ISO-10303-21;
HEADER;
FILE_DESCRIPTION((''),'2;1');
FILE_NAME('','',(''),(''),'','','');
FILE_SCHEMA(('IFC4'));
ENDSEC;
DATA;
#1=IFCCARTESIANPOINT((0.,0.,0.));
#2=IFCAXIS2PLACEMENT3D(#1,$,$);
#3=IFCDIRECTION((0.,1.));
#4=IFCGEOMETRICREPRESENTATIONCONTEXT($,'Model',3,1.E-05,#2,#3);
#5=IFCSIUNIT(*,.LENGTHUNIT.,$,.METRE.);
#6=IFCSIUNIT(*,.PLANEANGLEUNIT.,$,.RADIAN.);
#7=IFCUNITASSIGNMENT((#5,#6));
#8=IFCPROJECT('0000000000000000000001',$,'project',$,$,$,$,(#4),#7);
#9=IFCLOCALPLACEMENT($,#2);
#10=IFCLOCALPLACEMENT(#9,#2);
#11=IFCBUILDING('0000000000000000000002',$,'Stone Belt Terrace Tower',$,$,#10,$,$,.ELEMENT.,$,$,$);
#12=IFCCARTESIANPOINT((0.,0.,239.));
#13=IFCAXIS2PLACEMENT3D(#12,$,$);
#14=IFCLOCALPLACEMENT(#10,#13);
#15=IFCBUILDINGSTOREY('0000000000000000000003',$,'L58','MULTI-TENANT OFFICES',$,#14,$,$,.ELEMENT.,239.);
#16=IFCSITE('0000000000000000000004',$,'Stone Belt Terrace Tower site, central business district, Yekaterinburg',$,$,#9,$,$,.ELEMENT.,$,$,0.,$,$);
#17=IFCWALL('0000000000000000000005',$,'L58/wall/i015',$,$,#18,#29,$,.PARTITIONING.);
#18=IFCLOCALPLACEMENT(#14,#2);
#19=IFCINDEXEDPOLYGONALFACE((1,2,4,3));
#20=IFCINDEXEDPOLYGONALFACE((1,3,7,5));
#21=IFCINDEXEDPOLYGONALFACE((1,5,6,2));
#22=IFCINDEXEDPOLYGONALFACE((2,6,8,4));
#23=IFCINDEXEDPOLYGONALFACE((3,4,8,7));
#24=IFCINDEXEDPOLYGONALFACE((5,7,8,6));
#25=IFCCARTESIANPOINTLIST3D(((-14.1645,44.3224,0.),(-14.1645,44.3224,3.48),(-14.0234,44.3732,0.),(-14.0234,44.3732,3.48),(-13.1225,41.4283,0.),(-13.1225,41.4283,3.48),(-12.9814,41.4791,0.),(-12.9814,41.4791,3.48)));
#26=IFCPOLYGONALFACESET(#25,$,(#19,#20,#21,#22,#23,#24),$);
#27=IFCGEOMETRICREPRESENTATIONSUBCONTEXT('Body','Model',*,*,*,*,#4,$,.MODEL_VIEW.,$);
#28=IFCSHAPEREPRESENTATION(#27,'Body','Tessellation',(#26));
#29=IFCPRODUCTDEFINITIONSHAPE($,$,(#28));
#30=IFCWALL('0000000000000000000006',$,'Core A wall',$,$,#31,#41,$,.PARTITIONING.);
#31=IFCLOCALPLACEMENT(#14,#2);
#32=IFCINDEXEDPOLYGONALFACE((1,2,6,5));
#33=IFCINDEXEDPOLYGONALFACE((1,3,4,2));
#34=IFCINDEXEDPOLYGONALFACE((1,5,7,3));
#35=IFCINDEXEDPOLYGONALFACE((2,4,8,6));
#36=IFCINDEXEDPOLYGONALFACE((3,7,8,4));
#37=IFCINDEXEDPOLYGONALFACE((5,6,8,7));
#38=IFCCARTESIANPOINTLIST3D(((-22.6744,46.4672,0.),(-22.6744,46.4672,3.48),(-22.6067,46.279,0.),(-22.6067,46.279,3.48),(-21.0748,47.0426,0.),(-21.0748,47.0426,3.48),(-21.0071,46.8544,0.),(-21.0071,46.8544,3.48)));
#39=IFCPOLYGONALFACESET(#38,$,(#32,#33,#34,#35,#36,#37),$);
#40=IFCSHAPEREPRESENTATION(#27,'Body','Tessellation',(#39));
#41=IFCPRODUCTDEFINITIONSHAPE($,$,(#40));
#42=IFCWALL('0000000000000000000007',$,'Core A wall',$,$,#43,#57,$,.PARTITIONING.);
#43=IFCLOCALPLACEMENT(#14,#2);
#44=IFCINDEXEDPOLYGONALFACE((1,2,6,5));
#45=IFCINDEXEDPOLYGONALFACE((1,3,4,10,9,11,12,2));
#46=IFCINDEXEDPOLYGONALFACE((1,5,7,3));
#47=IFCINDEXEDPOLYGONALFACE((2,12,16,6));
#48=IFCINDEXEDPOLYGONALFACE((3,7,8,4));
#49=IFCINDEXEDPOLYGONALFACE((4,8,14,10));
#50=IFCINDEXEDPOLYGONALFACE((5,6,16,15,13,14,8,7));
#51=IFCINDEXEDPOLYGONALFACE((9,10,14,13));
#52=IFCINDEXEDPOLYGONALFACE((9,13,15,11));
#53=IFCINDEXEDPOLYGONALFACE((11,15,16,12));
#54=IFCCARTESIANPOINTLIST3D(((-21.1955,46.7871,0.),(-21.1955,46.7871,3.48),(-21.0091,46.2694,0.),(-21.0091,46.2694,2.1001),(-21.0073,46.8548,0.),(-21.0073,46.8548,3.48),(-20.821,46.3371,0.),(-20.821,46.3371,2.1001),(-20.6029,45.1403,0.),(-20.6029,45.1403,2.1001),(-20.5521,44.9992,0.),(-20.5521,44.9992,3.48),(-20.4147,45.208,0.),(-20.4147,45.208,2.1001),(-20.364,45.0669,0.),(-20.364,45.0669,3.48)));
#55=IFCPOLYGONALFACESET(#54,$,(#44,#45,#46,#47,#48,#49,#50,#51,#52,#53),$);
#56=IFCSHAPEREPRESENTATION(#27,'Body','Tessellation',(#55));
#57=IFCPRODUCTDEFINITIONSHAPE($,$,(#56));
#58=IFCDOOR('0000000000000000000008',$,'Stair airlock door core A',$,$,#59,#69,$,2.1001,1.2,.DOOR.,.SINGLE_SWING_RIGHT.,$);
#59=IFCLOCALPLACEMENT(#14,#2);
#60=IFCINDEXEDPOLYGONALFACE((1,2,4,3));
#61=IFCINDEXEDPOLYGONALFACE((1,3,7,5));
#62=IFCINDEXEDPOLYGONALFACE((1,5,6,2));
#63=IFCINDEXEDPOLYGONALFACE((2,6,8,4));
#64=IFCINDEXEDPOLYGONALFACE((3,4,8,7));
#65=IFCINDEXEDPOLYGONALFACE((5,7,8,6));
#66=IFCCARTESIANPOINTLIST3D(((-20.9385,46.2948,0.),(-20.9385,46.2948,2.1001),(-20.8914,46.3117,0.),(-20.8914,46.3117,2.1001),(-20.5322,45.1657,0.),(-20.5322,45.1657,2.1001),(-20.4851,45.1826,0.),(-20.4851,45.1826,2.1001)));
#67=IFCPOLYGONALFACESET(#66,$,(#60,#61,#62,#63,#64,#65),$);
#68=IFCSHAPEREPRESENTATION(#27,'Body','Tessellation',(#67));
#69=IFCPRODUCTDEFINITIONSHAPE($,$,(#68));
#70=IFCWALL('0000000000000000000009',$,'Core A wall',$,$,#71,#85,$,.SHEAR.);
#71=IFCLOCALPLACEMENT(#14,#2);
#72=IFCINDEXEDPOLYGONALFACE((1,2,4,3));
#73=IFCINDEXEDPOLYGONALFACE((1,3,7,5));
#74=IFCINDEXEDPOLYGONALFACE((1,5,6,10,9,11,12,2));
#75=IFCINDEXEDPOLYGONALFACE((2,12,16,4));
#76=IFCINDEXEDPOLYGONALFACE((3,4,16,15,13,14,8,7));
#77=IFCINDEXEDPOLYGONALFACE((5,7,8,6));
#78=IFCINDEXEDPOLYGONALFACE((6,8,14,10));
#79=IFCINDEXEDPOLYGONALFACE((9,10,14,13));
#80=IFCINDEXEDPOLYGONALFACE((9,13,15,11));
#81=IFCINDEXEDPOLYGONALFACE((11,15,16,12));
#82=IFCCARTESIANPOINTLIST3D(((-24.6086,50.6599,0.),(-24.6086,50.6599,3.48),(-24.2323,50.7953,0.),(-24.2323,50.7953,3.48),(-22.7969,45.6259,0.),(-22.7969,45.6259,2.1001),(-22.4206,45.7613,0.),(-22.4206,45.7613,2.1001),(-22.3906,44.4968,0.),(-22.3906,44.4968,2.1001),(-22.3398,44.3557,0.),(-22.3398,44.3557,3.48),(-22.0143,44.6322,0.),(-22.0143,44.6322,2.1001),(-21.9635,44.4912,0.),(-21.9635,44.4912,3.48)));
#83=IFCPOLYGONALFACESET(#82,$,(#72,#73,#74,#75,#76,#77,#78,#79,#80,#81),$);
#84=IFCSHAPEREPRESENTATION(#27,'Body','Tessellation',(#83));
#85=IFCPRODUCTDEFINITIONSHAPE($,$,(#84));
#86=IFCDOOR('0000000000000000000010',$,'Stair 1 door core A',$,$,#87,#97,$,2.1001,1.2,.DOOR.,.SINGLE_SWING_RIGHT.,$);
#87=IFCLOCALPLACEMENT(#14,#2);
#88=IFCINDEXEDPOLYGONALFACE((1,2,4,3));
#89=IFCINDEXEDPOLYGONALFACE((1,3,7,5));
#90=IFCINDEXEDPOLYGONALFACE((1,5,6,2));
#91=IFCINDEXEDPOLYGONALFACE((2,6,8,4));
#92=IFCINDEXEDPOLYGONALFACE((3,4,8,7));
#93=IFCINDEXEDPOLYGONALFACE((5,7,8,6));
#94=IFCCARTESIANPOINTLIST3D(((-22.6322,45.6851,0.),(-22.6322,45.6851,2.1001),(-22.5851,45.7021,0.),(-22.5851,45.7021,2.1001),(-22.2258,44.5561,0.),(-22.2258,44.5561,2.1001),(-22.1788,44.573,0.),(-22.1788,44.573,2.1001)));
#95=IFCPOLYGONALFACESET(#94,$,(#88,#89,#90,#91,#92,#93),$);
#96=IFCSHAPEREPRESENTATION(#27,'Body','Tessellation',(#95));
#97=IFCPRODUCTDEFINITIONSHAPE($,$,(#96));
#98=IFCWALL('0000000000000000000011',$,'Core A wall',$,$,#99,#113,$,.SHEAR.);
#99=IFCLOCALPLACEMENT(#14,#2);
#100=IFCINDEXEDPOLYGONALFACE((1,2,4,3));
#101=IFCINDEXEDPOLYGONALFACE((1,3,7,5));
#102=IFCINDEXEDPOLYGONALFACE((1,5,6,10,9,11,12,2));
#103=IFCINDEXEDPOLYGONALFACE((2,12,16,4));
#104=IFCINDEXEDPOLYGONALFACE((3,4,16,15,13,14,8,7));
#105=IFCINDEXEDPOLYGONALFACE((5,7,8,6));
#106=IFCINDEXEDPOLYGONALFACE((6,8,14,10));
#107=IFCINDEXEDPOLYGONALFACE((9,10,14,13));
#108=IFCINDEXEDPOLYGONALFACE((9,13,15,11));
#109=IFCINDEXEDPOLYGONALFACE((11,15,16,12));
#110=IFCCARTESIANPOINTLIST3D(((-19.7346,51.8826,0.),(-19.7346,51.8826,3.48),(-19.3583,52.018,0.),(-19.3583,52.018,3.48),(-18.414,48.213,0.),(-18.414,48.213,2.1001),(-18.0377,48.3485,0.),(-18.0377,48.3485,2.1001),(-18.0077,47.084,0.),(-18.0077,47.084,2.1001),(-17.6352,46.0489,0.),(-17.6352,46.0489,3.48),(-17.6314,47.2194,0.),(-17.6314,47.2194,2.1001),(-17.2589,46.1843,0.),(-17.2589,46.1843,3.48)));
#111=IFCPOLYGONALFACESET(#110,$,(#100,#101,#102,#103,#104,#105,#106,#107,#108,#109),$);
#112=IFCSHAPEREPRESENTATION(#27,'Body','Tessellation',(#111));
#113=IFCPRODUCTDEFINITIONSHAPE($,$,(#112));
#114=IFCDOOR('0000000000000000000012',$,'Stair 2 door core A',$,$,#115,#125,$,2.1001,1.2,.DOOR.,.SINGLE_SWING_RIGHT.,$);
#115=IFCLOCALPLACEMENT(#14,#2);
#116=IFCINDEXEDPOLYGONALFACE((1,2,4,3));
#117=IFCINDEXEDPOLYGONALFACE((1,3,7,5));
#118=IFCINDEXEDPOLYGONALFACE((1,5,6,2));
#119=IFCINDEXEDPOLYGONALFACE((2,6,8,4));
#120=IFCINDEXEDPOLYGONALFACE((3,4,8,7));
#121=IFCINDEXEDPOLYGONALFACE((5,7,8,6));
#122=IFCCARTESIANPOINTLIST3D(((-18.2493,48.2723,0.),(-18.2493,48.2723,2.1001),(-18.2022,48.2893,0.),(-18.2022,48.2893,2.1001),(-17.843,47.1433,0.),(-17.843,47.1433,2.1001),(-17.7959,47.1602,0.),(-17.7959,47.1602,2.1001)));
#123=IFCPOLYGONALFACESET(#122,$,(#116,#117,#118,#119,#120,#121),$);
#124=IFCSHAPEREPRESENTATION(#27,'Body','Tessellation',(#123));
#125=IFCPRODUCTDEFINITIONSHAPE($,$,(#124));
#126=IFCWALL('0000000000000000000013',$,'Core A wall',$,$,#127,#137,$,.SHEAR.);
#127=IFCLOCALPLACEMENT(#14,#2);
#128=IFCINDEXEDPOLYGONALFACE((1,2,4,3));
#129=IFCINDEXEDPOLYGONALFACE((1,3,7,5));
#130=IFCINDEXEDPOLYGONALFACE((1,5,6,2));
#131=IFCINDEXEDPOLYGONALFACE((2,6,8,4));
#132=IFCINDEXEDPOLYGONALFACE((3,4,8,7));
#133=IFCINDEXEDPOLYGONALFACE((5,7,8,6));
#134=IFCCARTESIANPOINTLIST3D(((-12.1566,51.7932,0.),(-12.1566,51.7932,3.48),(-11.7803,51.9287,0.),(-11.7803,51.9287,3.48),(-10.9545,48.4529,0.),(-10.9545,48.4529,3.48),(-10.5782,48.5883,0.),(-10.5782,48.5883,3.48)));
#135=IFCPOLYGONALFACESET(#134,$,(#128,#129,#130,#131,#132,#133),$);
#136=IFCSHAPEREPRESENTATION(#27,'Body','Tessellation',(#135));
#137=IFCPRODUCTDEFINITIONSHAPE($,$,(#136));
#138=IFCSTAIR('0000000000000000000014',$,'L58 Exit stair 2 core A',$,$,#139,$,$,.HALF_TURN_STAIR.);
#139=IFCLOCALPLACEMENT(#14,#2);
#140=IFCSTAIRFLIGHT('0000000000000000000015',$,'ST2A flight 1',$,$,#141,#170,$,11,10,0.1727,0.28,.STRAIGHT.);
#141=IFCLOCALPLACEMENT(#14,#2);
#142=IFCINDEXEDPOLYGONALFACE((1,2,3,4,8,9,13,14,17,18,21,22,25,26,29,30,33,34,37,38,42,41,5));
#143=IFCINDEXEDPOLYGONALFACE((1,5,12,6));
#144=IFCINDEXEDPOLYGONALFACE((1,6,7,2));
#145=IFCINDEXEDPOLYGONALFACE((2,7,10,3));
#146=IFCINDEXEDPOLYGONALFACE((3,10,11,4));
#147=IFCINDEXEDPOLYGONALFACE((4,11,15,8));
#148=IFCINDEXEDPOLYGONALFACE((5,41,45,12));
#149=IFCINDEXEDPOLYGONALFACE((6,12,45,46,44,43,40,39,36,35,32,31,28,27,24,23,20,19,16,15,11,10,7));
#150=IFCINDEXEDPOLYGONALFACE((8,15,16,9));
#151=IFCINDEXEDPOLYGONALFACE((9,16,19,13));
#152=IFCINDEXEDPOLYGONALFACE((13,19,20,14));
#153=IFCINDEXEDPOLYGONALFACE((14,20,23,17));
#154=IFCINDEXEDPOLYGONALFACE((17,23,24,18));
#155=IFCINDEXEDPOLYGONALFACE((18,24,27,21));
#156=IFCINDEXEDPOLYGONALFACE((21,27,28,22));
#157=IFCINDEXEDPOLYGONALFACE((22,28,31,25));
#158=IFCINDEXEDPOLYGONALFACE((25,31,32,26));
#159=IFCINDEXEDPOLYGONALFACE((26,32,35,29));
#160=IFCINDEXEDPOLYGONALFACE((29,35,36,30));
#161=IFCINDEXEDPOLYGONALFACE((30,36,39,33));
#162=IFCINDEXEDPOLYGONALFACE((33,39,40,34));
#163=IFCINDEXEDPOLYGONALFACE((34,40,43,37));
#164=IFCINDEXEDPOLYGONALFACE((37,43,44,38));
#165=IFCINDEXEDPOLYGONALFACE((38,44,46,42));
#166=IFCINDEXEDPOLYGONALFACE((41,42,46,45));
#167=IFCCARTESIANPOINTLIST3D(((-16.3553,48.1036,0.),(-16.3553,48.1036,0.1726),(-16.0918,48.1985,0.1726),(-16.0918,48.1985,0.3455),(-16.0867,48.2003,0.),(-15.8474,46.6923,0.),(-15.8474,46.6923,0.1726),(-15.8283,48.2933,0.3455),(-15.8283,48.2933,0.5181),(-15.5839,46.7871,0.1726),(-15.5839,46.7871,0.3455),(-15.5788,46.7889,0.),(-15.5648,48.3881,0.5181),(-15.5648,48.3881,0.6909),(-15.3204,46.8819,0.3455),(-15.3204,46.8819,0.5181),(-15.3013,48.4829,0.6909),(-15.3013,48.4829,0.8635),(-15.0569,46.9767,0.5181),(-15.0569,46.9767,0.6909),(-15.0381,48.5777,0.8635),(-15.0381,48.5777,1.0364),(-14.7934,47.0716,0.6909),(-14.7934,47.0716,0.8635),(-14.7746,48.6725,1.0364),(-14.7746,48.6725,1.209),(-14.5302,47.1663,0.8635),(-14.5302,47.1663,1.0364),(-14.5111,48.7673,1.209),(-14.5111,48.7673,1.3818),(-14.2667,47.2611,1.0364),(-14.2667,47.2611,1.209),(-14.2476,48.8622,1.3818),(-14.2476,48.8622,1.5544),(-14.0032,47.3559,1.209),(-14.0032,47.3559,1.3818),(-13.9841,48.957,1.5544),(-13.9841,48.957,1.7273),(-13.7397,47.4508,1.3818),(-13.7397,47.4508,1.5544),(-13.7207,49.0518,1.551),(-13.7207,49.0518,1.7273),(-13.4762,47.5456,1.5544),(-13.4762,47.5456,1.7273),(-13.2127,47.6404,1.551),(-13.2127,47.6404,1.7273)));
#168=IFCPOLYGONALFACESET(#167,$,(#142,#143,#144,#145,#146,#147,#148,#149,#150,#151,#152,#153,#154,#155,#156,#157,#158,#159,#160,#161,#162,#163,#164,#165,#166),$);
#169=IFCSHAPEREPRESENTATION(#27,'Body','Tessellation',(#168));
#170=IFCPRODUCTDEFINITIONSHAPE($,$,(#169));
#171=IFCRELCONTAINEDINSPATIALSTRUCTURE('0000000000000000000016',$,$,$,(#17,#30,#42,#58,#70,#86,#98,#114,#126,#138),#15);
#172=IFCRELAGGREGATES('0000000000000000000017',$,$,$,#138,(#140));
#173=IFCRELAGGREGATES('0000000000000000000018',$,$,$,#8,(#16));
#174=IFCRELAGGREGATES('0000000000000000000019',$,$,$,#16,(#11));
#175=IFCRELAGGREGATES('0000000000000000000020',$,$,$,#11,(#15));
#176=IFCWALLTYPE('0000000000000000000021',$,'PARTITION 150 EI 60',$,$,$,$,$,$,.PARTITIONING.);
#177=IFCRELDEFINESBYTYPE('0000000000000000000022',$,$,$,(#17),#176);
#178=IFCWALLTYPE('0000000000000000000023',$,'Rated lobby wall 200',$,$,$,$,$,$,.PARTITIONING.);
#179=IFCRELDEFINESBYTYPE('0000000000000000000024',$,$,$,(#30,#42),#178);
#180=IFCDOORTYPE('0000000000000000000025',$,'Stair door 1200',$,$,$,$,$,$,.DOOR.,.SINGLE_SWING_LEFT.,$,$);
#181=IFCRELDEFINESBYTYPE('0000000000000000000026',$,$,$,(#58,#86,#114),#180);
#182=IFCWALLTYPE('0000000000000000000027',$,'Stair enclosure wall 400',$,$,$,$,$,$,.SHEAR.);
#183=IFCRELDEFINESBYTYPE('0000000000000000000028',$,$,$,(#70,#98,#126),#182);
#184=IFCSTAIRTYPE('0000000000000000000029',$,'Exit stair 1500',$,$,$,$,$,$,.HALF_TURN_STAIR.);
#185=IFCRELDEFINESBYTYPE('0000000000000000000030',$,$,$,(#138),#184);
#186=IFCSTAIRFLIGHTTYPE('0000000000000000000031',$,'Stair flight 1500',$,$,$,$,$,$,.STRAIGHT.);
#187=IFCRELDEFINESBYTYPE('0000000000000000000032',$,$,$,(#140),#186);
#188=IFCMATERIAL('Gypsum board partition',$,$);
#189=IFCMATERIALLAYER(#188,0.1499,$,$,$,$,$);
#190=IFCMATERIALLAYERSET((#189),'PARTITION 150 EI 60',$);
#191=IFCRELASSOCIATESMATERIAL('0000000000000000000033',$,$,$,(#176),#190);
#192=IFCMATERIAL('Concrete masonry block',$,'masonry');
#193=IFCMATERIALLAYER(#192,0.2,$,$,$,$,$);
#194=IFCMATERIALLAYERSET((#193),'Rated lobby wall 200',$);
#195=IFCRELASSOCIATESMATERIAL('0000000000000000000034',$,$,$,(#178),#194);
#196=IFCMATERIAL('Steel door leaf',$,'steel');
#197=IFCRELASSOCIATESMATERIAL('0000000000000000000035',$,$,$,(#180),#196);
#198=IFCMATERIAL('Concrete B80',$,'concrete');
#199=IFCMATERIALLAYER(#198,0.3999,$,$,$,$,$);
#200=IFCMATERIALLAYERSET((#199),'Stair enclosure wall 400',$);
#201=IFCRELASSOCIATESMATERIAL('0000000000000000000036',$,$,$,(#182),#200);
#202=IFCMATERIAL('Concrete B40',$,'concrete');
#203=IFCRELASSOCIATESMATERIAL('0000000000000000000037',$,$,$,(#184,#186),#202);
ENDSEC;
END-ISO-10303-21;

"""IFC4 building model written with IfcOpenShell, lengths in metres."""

from ifc_helpers import new_model, si_unit, direction, frame, frame_2d, origin, place, context, subcontext, project, spatial, polyline, rectangle, outline, extrude, material, layer, layer_set, type_object, element, fill, aggregate, save


model = new_model("IFC4")

# Units and contexts
model_context = context("Model", 3, precision=1e-05, world=origin(), true_north=direction((0.0, 1.0)))
body_context = subcontext(model_context, "Body", "Model", "MODEL_VIEW")
ifc_project = project(units=[si_unit("LENGTHUNIT", "METRE"), si_unit("PLANEANGLEUNIT", "RADIAN")], contexts=[model_context])

# Site, building, storey
site_placement = place(None, origin())
site = spatial("IfcSite", under=ifc_project, at=site_placement, Name="Stone Belt Terrace Tower site, central business district, Yekaterinburg", CompositionType="ELEMENT", RefElevation=0.0)
building_placement = place(site_placement, origin())
building = spatial("IfcBuilding", under=site, at=building_placement, Name="Stone Belt Terrace Tower", CompositionType="ELEMENT")
storey_placement = place(building_placement, frame((0.0, 0.0, 239.0)))
storey = spatial("IfcBuildingStorey", under=building, at=storey_placement, Name="L58", Description="MULTI-TENANT OFFICES", CompositionType="ELEMENT", Elevation=239.0)

# Shared definitions
ifc_material_1 = material(Name="Concrete B80", Category="concrete")
ifc_material_2 = material(Name="Gypsum board partition")
ifc_layer_1 = layer(ifc_material_2, 0.1499)
ifc_layer_set_1 = layer_set([ifc_layer_1], Name="PARTITION 150 EI 60")
wall_type_1 = type_object("IfcWallType", Name="PARTITION 150 EI 60", PredefinedType="PARTITIONING", material=ifc_layer_set_1)

# Walls
wall_1_placement = place(storey_placement, frame((-14.094, 44.3479, 0.0), z_axis=(0.0, 0.0, 1.0), x_axis=(0.338759, -0.940873, 0.0)))
element("IfcWall", 1, at=wall_1_placement, inside=storey, type_object=wall_type_1, Name="L58/wall/i015", PredefinedType="PARTITIONING", context=body_context, shape_type="SweptSolid", body=[
    extrude(rectangle(XDim=3.0759, YDim=0.1499, at=frame_2d((1.5381, 0.0))), origin(), (0.0, 0.0, 1.0), 3.48),
])
ifc_material_3 = material(Name="Concrete masonry block", Category="masonry")
ifc_layer_2 = layer(ifc_material_3, 0.2)
ifc_layer_set_2 = layer_set([ifc_layer_2], Name="Rated lobby wall 200")
wall_type_2 = type_object("IfcWallType", Name="Rated lobby wall 200", PredefinedType="PARTITIONING", material=ifc_layer_set_2)
wall_2_placement = place(storey_placement, frame((-22.6406, 46.373, 0.0), z_axis=(0.0, 0.0, 1.0), x_axis=(0.940966, 0.338501, 0.0)))
element("IfcWall", 2, at=wall_2_placement, inside=storey, type_object=wall_type_2, Name="Core A wall", PredefinedType="PARTITIONING", context=body_context, shape_type="SweptSolid", body=[
    extrude(rectangle(XDim=1.7, YDim=0.2, at=frame_2d((0.8501, 0.0))), origin(), (0.0, 0.0, 1.0), 3.48),
])

# Walls, openings, doors
wall_3_placement = place(storey_placement, frame((-20.458, 45.033, 0.0), z_axis=(0.0, 0.0, 1.0), x_axis=(-0.338574, 0.94094, 0.0)))
wall_3 = element("IfcWall", 3, at=wall_3_placement, inside=storey, type_object=wall_type_2, Name="Core A wall", PredefinedType="PARTITIONING", context=body_context, shape_type="SweptSolid", body=[
    extrude(rectangle(XDim=1.9001, YDim=0.2, at=frame_2d((0.9502, 0.0))), origin(), (0.0, 0.0, 1.0), 3.48),
])
opening_1_placement = place(wall_3_placement, frame((0.1499, 0.0, 0.0)))
opening_1 = element("IfcOpeningElement", 4, at=opening_1_placement, cuts=wall_3, PredefinedType="OPENING", context=body_context, shape_type="SweptSolid", body=[
    extrude(rectangle(XDim=1.2, YDim=2.1001, at=frame_2d((0.6001, 1.05))), frame((0.0, 0.1099, 0.0), z_axis=(0.0, -1.0, 0.0), x_axis=(1.0, 0.0, 0.0)), (0.0, 0.0, 1.0), 0.22),
])
ifc_material_4 = material(Name="Steel door leaf", Category="steel")
door_type_1 = type_object("IfcDoorType", Name="Stair door 1200", OperationType="SINGLE_SWING_LEFT", PredefinedType="DOOR", material=ifc_material_4)
door_1_placement = place(opening_1_placement, origin())
door_1 = element("IfcDoor", 5, at=door_1_placement, inside=storey, type_object=door_type_1, Name="Stair airlock door core A", OperationType="SINGLE_SWING_RIGHT", OverallHeight=2.1001, OverallWidth=1.2, PredefinedType="DOOR", context=body_context, shape_type="SweptSolid", body=[
    extrude(rectangle(XDim=1.2, YDim=2.1001, at=frame_2d((0.6001, 1.05))), frame((0.0, 0.0249, 0.0), z_axis=(0.0, -1.0, 0.0), x_axis=(1.0, 0.0, 0.0)), (0.0, 0.0, 1.0), 0.05),
])
fill(opening_1, door_1)
ifc_layer_3 = layer(ifc_material_1, 0.3999)
ifc_layer_set_3 = layer_set([ifc_layer_3], Name="Stair enclosure wall 400")
wall_type_3 = type_object("IfcWallType", Name="Stair enclosure wall 400", PredefinedType="SHEAR", material=ifc_layer_set_3)
wall_4_placement = place(storey_placement, frame((-22.1516, 44.4233, 0.0), z_axis=(0.0, 0.0, 1.0), x_axis=(-0.338625, 0.940921, 0.0)))
wall_4 = element("IfcWall", 6, at=wall_4_placement, inside=storey, type_object=wall_type_3, Name="Core A wall", PredefinedType="SHEAR", context=body_context, shape_type="SweptSolid", body=[
    extrude(rectangle(XDim=6.7, YDim=0.3999, at=frame_2d((3.3501, 0.0))), origin(), (0.0, 0.0, 1.0), 3.48),
])
opening_2_placement = place(wall_4_placement, frame((0.1499, 0.0, 0.0)))
opening_2 = element("IfcOpeningElement", 7, at=opening_2_placement, cuts=wall_4, PredefinedType="OPENING", context=body_context, shape_type="SweptSolid", body=[
    extrude(rectangle(XDim=1.2, YDim=2.1001, at=frame_2d((0.6001, 1.05))), frame((0.0, 0.21, 0.0), z_axis=(0.0, -1.0, 0.0), x_axis=(1.0, 0.0, 0.0)), (0.0, 0.0, 1.0), 0.4199),
])
door_2_placement = place(opening_2_placement, origin())
door_2 = element("IfcDoor", 8, at=door_2_placement, inside=storey, type_object=door_type_1, Name="Stair 1 door core A", OperationType="SINGLE_SWING_RIGHT", OverallHeight=2.1001, OverallWidth=1.2, PredefinedType="DOOR", context=body_context, shape_type="SweptSolid", body=[
    extrude(rectangle(XDim=1.2, YDim=2.1001, at=frame_2d((0.6001, 1.05))), frame((0.0, 0.0249, 0.0), z_axis=(0.0, -1.0, 0.0), x_axis=(1.0, 0.0, 0.0)), (0.0, 0.0, 1.0), 0.05),
])
fill(opening_2, door_2)
wall_5_placement = place(storey_placement, frame((-17.447, 46.1165, 0.0), z_axis=(0.0, 0.0, 1.0), x_axis=(-0.338608, 0.940928, 0.0)))
wall_5 = element("IfcWall", 9, at=wall_5_placement, inside=storey, type_object=wall_type_3, Name="Core A wall", PredefinedType="SHEAR", context=body_context, shape_type="SweptSolid", body=[
    extrude(rectangle(XDim=6.2, YDim=0.3999, at=frame_2d((3.1001, 0.0))), origin(), (0.0, 0.0, 1.0), 3.48),
])
opening_3_placement = place(wall_5_placement, frame((1.1001, 0.0, 0.0)))
opening_3 = element("IfcOpeningElement", 10, at=opening_3_placement, cuts=wall_5, PredefinedType="OPENING", context=body_context, shape_type="SweptSolid", body=[
    extrude(rectangle(XDim=1.2, YDim=2.1001, at=frame_2d((0.6001, 1.05))), frame((0.0, 0.21, 0.0), z_axis=(0.0, -1.0, 0.0), x_axis=(1.0, 0.0, 0.0)), (0.0, 0.0, 1.0), 0.4199),
])
door_3_placement = place(opening_3_placement, origin())
door_3 = element("IfcDoor", 11, at=door_3_placement, inside=storey, type_object=door_type_1, Name="Stair 2 door core A", OperationType="SINGLE_SWING_RIGHT", OverallHeight=2.1001, OverallWidth=1.2, PredefinedType="DOOR", context=body_context, shape_type="SweptSolid", body=[
    extrude(rectangle(XDim=1.2, YDim=2.1001, at=frame_2d((0.6001, 1.05))), frame((0.0, 0.0249, 0.0), z_axis=(0.0, -1.0, 0.0), x_axis=(1.0, 0.0, 0.0)), (0.0, 0.0, 1.0), 0.05),
])
fill(opening_3, door_3)

# Wall
wall_6_placement = place(storey_placement, frame((-10.7664, 48.5208, 0.0), z_axis=(0.0, 0.0, 1.0), x_axis=(-0.338627, 0.940921, 0.0)))
element("IfcWall", 12, at=wall_6_placement, inside=storey, type_object=wall_type_3, Name="Core A wall", PredefinedType="SHEAR", context=body_context, shape_type="SweptSolid", body=[
    extrude(rectangle(XDim=3.55, YDim=0.3999, at=frame_2d((1.7749, 0.0))), origin(), (0.0, 0.0, 1.0), 3.48),
])

# Stair, stair flight
ifc_material_5 = material(Name="Concrete B40", Category="concrete")
stair_type = type_object("IfcStairType", Name="Exit stair 1500", PredefinedType="HALF_TURN_STAIR", material=ifc_material_5)
stair_placement = place(storey_placement, origin())
stair = element("IfcStair", 13, at=stair_placement, inside=storey, type_object=stair_type, Name="L58 Exit stair 2 core A", PredefinedType="HALF_TURN_STAIR")
stair_flight_type = type_object("IfcStairFlightType", Name="Stair flight 1500", PredefinedType="STRAIGHT", material=ifc_material_5)
stair_flight_placement = place(storey_placement, frame((-16.1013, 47.3979, 0.0), z_axis=(0.0, 0.0, 1.0), x_axis=(0.940922, 0.338624, 0.0)))
stair_flight = element("IfcStairFlight", 14, at=stair_flight_placement, type_object=stair_flight_type, Name="ST2A flight 1", NumberOfRisers=11, NumberOfTreads=10, PredefinedType="STRAIGHT", RiserHeight=0.1727, TreadLength=0.28, context=body_context, shape_type="SweptSolid", body=[
    extrude(outline(polyline([(0.0, 0.0), (0.0, 0.1726), (0.28, 0.1726), (0.28, 0.3455), (0.5601, 0.3455), (0.5601, 0.5181), (0.8401, 0.5181), (0.8401, 0.6909), (1.1201, 0.6909), (1.1201, 0.8635), (1.3999, 0.8635), (1.3999, 1.0364), (1.6799, 1.0364), (1.6799, 1.209), (1.96, 1.209), (1.96, 1.3818), (2.24, 1.3818), (2.24, 1.5544), (2.52, 1.5544), (2.52, 1.7273), (2.8, 1.7273), (2.8, 1.8999), (2.8, 1.551), (0.2854, 0.0), (0.0, 0.0)])), frame((0.0, 0.75, 0.0), z_axis=(0.0, -1.0, 0.0), x_axis=(1.0, 0.0, 0.0)), (0.0, 0.0, 1.0), 1.5),
])
aggregate(stair, [stair_flight])

save(model, "model.ifc")
